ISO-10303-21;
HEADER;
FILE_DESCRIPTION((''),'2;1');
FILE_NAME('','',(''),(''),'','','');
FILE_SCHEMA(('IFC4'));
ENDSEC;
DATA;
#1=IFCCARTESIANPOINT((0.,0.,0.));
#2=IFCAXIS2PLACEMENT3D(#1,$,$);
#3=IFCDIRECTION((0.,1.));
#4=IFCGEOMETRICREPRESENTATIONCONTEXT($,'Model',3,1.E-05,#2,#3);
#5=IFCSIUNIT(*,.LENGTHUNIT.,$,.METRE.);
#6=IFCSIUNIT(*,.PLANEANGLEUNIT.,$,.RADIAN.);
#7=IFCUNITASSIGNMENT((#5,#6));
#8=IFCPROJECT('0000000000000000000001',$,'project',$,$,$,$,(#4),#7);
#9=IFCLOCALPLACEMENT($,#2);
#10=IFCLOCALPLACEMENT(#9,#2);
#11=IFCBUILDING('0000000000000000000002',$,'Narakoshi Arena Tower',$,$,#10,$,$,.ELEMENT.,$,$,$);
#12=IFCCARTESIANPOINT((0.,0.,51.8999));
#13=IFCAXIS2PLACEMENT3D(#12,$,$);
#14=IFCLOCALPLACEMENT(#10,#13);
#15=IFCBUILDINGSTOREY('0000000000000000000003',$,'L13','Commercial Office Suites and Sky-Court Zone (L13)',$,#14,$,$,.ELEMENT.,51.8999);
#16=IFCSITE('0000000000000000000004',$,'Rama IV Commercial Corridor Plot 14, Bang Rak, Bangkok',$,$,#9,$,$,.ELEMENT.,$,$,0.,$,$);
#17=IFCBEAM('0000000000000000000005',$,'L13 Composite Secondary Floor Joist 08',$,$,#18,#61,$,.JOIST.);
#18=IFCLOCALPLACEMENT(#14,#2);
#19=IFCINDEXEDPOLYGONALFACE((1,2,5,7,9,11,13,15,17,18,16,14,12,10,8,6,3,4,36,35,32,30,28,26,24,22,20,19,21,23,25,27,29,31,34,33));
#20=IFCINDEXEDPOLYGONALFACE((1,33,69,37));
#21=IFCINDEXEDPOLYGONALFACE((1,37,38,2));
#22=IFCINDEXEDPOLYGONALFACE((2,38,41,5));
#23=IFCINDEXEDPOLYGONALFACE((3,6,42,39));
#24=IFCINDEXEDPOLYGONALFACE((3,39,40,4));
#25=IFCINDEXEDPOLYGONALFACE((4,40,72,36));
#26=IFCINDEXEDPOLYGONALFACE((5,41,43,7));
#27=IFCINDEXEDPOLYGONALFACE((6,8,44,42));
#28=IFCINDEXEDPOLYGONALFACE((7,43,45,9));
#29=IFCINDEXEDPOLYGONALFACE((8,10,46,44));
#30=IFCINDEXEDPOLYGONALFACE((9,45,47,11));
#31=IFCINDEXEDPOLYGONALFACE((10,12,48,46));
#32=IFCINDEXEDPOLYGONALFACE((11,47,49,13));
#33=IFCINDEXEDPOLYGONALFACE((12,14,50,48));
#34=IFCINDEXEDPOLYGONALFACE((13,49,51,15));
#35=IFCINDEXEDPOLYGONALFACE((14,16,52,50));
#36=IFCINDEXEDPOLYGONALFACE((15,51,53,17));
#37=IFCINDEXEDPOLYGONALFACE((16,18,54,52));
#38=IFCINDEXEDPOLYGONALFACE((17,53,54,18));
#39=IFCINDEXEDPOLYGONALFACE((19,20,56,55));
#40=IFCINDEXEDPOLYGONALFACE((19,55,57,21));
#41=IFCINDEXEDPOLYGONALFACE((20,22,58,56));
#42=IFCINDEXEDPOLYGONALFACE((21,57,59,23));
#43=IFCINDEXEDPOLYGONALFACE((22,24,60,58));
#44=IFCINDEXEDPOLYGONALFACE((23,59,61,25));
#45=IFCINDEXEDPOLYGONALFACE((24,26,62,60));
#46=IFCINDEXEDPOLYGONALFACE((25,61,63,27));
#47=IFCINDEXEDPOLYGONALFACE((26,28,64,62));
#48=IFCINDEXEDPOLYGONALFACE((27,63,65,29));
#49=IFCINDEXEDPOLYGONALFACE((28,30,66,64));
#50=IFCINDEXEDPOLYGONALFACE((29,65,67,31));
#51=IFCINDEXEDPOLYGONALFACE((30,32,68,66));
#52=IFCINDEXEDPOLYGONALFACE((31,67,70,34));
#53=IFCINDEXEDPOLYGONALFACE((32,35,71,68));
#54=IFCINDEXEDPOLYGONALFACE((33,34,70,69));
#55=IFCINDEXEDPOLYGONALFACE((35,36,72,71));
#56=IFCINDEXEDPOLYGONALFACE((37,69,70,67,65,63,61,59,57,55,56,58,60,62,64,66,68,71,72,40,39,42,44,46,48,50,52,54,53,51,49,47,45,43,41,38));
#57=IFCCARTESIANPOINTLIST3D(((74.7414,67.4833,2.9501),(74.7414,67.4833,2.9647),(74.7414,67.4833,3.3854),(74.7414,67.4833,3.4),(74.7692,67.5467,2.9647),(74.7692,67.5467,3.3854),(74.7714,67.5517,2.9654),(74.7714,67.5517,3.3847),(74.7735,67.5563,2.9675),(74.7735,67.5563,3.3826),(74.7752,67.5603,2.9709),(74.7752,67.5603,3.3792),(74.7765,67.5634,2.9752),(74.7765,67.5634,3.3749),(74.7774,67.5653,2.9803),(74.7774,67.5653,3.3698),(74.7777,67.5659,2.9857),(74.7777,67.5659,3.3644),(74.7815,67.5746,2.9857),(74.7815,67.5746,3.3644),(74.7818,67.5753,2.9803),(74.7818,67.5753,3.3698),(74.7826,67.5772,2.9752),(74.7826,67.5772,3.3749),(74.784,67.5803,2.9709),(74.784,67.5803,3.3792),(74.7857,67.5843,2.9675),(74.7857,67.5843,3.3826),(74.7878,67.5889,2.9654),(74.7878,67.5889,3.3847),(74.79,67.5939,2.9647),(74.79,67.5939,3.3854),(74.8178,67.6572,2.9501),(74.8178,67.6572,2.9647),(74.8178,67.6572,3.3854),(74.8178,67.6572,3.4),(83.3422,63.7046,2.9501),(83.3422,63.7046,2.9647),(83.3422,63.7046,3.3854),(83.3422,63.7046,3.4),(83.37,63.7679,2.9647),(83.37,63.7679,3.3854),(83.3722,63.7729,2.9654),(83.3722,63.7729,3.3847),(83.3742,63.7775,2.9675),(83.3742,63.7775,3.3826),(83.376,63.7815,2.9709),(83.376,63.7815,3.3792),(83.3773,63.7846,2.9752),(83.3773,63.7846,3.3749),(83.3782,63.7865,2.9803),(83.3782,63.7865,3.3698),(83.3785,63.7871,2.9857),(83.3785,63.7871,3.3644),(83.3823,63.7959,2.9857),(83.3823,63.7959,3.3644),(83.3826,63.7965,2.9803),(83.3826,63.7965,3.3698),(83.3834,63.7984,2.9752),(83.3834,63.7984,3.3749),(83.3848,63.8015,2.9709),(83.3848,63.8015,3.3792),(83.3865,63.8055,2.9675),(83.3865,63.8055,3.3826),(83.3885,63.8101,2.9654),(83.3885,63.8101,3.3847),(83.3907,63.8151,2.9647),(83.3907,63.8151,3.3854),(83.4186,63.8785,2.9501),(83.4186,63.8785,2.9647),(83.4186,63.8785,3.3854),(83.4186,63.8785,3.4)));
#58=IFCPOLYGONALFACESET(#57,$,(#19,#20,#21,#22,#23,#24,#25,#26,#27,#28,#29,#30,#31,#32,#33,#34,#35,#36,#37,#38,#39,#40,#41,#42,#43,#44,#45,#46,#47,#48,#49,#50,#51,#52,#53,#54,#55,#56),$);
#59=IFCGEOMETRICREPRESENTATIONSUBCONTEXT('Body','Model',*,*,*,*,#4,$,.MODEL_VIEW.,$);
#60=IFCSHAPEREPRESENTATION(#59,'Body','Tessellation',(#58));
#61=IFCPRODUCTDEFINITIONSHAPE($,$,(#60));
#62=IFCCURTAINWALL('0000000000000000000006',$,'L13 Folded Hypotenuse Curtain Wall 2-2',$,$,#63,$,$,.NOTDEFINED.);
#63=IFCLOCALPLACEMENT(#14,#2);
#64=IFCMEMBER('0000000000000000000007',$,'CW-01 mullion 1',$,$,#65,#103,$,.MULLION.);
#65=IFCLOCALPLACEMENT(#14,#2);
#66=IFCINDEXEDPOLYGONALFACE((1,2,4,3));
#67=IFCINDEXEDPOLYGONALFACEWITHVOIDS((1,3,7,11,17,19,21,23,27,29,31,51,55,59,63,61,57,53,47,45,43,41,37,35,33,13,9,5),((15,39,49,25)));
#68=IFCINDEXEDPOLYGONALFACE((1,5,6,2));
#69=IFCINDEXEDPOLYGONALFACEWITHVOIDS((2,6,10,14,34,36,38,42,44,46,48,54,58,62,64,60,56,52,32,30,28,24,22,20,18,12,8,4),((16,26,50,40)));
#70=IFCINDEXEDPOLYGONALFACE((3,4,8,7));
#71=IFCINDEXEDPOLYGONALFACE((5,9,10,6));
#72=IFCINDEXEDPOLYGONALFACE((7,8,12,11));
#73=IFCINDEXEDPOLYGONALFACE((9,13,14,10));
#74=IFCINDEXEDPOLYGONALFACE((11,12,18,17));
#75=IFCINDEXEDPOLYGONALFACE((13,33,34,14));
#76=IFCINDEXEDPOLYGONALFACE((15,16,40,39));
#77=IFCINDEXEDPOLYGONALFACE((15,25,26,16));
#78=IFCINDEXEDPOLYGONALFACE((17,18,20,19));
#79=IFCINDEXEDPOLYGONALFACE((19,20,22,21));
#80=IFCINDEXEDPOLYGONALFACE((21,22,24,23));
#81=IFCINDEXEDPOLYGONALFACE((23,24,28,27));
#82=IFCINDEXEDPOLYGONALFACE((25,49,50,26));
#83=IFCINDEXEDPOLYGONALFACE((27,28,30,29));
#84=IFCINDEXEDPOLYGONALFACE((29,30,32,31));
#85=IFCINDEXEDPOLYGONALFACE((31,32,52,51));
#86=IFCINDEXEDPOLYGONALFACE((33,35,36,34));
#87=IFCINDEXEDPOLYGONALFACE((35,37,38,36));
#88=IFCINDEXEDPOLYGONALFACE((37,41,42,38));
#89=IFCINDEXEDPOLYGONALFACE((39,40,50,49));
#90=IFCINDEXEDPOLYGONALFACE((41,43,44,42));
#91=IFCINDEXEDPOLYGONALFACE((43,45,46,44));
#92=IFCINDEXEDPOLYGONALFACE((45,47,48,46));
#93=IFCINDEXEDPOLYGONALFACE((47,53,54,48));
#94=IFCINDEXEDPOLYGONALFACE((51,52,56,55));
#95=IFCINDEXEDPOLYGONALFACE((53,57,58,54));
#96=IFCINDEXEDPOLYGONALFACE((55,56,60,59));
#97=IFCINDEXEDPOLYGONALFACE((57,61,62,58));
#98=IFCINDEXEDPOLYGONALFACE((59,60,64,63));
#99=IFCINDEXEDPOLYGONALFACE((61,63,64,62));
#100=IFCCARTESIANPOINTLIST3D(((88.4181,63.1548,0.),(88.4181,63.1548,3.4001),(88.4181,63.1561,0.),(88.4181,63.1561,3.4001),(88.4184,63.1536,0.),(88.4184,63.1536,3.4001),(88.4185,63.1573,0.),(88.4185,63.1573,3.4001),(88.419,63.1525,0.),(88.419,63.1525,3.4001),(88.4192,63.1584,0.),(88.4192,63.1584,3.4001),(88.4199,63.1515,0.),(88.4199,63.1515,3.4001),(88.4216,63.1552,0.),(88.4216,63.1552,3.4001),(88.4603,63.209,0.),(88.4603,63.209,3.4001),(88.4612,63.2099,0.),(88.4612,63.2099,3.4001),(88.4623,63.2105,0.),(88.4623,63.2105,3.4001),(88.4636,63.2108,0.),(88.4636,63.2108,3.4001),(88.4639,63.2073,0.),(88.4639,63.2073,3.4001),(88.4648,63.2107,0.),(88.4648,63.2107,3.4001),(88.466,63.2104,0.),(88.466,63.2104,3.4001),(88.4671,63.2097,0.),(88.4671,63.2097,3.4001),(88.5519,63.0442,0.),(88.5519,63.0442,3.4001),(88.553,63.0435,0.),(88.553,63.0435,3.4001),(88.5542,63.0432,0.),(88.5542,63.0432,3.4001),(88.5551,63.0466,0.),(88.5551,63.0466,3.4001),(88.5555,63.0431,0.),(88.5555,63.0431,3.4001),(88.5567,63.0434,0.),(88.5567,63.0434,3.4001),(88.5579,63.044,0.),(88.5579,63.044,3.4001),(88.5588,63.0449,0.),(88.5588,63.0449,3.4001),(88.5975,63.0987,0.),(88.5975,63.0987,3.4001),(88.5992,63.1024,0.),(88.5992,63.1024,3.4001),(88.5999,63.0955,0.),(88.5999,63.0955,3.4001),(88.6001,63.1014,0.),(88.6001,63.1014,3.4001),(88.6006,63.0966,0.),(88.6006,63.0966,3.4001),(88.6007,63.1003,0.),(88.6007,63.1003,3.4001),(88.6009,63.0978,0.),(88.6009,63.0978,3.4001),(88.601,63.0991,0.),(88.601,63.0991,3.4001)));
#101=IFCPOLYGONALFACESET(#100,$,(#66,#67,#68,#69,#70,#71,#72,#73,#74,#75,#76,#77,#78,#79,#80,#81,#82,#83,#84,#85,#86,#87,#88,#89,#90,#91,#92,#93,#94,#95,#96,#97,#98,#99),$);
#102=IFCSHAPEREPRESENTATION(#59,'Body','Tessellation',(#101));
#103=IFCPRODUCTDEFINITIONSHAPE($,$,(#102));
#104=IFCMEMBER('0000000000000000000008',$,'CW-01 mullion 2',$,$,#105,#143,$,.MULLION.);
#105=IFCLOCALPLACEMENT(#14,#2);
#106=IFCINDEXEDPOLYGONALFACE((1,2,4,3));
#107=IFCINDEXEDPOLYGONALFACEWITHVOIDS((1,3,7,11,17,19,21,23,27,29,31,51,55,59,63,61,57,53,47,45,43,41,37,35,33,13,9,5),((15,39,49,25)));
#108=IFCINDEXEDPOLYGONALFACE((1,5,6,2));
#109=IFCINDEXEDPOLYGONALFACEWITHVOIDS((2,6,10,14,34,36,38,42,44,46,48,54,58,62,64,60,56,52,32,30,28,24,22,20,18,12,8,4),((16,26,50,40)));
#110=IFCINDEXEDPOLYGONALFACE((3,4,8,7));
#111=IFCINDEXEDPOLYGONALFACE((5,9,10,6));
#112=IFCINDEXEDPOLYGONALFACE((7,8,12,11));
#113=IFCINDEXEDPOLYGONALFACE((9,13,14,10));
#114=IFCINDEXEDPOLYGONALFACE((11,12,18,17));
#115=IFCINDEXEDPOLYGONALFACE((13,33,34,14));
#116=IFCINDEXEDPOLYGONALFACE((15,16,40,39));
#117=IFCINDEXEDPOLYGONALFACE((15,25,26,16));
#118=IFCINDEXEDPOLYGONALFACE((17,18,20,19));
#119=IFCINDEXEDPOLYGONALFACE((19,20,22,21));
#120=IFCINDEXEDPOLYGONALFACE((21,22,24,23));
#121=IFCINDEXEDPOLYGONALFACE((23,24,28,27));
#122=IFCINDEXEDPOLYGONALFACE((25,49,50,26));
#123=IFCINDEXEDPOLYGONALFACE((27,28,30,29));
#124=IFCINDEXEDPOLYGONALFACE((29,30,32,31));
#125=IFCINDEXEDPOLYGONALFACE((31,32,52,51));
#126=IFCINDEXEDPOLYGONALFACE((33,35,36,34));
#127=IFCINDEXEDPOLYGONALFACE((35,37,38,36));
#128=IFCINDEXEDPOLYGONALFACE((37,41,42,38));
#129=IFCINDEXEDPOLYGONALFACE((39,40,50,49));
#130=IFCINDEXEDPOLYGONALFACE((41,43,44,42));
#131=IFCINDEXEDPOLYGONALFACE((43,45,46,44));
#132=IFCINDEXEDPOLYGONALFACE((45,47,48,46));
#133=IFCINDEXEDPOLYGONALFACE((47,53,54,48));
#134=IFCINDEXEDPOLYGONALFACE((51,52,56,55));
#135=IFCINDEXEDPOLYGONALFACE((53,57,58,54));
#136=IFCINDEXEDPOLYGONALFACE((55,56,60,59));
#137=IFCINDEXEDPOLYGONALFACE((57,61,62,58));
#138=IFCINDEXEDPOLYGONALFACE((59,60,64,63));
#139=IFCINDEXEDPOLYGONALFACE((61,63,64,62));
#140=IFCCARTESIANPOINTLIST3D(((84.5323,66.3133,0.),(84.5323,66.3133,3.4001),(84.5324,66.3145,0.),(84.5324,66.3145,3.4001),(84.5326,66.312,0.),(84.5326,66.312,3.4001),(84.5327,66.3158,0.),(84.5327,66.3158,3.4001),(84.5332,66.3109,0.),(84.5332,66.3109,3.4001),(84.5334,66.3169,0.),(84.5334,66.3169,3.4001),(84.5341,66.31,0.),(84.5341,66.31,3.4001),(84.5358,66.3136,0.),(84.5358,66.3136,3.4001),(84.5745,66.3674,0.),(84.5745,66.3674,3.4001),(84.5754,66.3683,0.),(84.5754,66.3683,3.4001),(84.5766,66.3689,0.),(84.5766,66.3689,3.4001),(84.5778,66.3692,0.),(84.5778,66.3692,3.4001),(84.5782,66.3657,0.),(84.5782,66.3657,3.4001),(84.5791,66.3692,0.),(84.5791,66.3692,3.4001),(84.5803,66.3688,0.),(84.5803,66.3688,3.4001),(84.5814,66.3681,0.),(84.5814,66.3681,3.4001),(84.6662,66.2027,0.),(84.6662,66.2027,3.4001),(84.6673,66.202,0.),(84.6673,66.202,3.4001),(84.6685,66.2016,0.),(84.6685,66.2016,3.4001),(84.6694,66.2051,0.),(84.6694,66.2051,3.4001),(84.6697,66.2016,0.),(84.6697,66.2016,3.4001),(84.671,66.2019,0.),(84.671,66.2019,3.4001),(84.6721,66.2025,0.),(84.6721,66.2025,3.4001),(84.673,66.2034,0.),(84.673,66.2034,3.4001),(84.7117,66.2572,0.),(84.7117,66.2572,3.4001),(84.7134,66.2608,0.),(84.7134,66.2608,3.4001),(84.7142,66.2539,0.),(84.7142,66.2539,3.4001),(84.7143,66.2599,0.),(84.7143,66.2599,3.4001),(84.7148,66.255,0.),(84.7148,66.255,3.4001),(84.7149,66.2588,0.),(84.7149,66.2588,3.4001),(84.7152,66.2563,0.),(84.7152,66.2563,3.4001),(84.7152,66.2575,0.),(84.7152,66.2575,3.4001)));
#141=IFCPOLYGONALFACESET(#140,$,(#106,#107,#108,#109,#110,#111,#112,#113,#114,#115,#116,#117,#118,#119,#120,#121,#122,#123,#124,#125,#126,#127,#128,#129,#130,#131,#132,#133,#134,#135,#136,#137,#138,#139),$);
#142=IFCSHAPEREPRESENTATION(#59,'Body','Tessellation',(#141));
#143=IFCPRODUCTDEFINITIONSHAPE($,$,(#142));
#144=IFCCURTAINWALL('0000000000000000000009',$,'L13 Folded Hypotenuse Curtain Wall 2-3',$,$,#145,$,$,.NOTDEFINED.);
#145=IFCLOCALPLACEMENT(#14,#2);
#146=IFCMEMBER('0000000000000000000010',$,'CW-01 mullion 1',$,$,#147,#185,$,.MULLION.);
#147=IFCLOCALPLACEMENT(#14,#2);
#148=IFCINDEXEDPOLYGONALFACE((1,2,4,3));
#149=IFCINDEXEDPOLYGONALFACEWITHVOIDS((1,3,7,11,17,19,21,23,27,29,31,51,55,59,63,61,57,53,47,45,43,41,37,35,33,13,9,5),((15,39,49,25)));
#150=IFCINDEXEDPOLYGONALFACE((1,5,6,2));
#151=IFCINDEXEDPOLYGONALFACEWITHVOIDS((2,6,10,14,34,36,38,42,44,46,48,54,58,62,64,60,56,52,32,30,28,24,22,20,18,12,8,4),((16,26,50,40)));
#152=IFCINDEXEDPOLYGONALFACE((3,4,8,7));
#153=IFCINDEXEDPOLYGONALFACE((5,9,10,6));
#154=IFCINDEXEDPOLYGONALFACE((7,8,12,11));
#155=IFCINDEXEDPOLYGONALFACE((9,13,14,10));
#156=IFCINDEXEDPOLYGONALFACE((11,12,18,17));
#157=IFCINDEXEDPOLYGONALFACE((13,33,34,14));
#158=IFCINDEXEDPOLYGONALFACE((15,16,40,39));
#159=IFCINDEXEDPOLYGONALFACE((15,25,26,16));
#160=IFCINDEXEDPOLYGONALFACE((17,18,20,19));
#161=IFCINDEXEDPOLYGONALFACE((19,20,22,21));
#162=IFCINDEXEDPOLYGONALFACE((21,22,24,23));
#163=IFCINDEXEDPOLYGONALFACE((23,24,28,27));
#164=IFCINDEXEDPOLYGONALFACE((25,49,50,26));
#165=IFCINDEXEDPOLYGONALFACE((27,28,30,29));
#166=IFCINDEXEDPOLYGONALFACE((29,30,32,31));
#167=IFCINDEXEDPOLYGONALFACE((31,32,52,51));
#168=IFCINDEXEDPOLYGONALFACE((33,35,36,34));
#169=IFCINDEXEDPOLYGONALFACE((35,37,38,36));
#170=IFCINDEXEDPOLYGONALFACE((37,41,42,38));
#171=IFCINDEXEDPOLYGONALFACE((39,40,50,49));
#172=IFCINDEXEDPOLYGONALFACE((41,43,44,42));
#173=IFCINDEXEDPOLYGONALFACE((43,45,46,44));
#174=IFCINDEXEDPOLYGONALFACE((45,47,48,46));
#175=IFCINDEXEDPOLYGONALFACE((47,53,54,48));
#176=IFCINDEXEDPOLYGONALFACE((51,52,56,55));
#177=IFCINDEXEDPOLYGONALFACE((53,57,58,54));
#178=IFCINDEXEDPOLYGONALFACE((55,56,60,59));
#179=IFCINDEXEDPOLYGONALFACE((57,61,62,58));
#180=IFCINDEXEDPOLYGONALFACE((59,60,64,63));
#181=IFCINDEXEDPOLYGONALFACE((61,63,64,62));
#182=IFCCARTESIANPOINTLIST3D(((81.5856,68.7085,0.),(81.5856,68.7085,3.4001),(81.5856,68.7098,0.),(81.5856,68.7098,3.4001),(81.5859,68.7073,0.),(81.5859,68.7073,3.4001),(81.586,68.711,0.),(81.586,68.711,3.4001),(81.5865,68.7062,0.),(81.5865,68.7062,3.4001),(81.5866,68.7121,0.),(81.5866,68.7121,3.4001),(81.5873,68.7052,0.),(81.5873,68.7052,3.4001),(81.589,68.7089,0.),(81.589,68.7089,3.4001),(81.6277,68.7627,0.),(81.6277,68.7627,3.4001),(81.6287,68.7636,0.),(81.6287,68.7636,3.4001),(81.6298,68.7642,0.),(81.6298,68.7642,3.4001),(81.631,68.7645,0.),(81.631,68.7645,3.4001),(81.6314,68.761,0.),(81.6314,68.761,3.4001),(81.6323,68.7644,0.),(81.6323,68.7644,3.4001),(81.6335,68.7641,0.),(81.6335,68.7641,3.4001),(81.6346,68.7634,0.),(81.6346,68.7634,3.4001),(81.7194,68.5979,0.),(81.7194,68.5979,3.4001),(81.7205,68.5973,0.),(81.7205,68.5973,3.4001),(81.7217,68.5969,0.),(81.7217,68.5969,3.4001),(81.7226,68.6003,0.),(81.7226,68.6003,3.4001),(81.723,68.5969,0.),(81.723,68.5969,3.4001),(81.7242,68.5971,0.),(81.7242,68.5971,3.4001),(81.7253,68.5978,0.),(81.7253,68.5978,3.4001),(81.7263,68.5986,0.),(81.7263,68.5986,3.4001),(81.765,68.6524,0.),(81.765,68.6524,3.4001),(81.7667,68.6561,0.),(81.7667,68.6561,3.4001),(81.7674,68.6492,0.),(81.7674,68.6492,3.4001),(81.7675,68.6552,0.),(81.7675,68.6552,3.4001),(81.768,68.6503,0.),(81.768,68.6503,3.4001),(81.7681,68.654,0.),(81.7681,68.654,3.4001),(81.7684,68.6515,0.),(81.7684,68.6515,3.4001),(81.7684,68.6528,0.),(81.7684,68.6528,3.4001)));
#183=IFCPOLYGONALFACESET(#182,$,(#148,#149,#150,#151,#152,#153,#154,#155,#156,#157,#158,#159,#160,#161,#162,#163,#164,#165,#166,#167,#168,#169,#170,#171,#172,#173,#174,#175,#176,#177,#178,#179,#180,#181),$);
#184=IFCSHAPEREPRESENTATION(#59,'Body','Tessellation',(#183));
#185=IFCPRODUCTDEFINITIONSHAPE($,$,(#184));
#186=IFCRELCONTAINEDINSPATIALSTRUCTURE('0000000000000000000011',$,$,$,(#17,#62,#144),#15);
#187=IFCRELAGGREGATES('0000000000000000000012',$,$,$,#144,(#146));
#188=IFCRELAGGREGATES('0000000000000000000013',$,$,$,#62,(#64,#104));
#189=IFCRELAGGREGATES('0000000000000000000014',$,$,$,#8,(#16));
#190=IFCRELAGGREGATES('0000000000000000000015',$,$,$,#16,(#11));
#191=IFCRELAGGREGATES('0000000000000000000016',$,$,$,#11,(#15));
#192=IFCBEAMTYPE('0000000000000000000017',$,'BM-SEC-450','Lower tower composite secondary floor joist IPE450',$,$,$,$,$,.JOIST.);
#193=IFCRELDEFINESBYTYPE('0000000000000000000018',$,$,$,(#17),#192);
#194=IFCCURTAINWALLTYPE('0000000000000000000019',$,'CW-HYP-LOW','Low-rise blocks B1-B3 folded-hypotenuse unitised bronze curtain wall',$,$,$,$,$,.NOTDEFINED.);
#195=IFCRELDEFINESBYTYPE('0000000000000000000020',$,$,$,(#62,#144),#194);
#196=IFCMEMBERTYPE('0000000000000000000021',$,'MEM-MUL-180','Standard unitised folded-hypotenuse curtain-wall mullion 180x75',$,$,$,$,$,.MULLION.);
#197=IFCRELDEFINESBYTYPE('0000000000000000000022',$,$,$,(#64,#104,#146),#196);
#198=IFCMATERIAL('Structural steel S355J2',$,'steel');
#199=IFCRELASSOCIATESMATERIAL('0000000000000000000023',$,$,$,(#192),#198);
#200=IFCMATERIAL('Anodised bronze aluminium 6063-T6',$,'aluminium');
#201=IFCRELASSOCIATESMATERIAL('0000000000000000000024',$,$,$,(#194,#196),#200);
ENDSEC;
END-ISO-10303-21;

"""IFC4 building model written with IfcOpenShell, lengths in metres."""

from ifc_helpers import new_model, si_unit, direction, frame, origin, origin_2d, place, context, subcontext, project, spatial, hollow_rectangle, i_section, extrude, material, material_profile, profile_set, type_object, element, aggregate, save


model = new_model("IFC4")

# Units and contexts
model_context = context("Model", 3, precision=1e-05, world=origin(), true_north=direction((0.0, 1.0)))
body_context = subcontext(model_context, "Body", "Model", "MODEL_VIEW")
ifc_project = project(units=[si_unit("LENGTHUNIT", "METRE"), si_unit("PLANEANGLEUNIT", "RADIAN")], contexts=[model_context])

# Site, building, storey
site_placement = place(None, origin())
site = spatial("IfcSite", under=ifc_project, at=site_placement, Name="Rama IV Commercial Corridor Plot 14, Bang Rak, Bangkok", CompositionType="ELEMENT", RefElevation=0.0)
building_placement = place(site_placement, origin())
building = spatial("IfcBuilding", under=site, at=building_placement, Name="Narakoshi Arena Tower", CompositionType="ELEMENT")
storey_placement = place(building_placement, frame((0.0, 0.0, 51.8999)))
storey = spatial("IfcBuildingStorey", under=building, at=storey_placement, Name="L13", Description="Commercial Office Suites and Sky-Court Zone (L13)", CompositionType="ELEMENT", Elevation=51.8999)

# Beam
ifc_material_1 = material(Name="Structural steel S355J2", Category="steel")
ifc_material_profile_1 = material_profile(ifc_material_1, i_section(OverallWidth=0.1899, OverallDepth=0.45, WebThickness=0.0095, FlangeThickness=0.0146, FilletRadius=0.021, at=origin_2d()), Name="IPE450")
ifc_profile_set_1 = profile_set([ifc_material_profile_1], Name="Structural steel S355J2")
beam_type_1 = type_object("IfcBeamType", Name="BM-SEC-450", Description="Lower tower composite secondary floor joist IPE450", PredefinedType="JOIST", material=ifc_profile_set_1)
beam_1_placement = place(storey_placement, frame((83.3804, 63.7915, 3.175), z_axis=(-0.915533, 0.402243, 0.0), x_axis=(-0.402243, -0.915533, 0.0)))
element("IfcBeam", 1, at=beam_1_placement, inside=storey, type_object=beam_type_1, Name="L13 Composite Secondary Floor Joist 08", PredefinedType="JOIST", context=body_context, shape_type="SweptSolid", body=[
    extrude(i_section(OverallWidth=0.1899, OverallDepth=0.45, WebThickness=0.0095, FlangeThickness=0.0146, FilletRadius=0.021, at=origin_2d()), origin(), (0.0, 0.0, 1.0), 9.3943),
])

# Curtain wall, members
ifc_material_2 = material(Name="Anodised bronze aluminium 6063-T6", Category="aluminium")
curtain_wall_type = type_object("IfcCurtainWallType", Name="CW-HYP-LOW", Description="Low-rise blocks B1-B3 folded-hypotenuse unitised bronze curtain wall", PredefinedType="NOTDEFINED", material=ifc_material_2)
curtain_wall_1_placement = place(storey_placement, origin())
curtain_wall_1 = element("IfcCurtainWall", 2, at=curtain_wall_1_placement, inside=storey, type_object=curtain_wall_type, Name="L13 Folded Hypotenuse Curtain Wall 2-2", PredefinedType="NOTDEFINED")
ifc_material_profile_2 = material_profile(ifc_material_2, hollow_rectangle(XDim=0.075, YDim=0.1799, WallThickness=0.0039, OuterFilletRadius=0.0049, at=origin_2d()), Name="MUL180x75x4")
ifc_profile_set_2 = profile_set([ifc_material_profile_2], Name="Anodised bronze aluminium 6063-T6")
member_type_1 = type_object("IfcMemberType", Name="MEM-MUL-180", Description="Standard unitised folded-hypotenuse curtain-wall mullion 180x75", PredefinedType="MULLION", material=ifc_profile_set_2)
member_1_placement = place(storey_placement, frame((88.5095, 63.127, 0.0), z_axis=(0.0, 0.0, 1.0), x_axis=(-0.630735, -0.775998, 0.0)))
member_1 = element("IfcMember", 3, at=member_1_placement, type_object=member_type_1, Name="CW-01 mullion 1", PredefinedType="MULLION", context=body_context, shape_type="SweptSolid", body=[
    extrude(hollow_rectangle(XDim=0.075, YDim=0.1799, WallThickness=0.0039, OuterFilletRadius=0.0049, at=origin_2d()), origin(), (0.0, 0.0, 1.0), 3.4001),
])
member_2_placement = place(storey_placement, frame((84.6238, 66.2854, 0.0), z_axis=(0.0, 0.0, 1.0), x_axis=(-0.630735, -0.775998, 0.0)))
member_2 = element("IfcMember", 4, at=member_2_placement, type_object=member_type_1, Name="CW-01 mullion 2", PredefinedType="MULLION", context=body_context, shape_type="SweptSolid", body=[
    extrude(hollow_rectangle(XDim=0.075, YDim=0.1799, WallThickness=0.0039, OuterFilletRadius=0.0049, at=origin_2d()), origin(), (0.0, 0.0, 1.0), 3.4001),
])

# Curtain wall, member
curtain_wall_2_placement = place(storey_placement, origin())
curtain_wall_2 = element("IfcCurtainWall", 5, at=curtain_wall_2_placement, inside=storey, type_object=curtain_wall_type, Name="L13 Folded Hypotenuse Curtain Wall 2-3", PredefinedType="NOTDEFINED")
member_3_placement = place(storey_placement, frame((81.677, 68.6807, 0.0), z_axis=(0.0, 0.0, 1.0), x_axis=(-0.630723, -0.776008, 0.0)))
member_3 = element("IfcMember", 6, at=member_3_placement, type_object=member_type_1, Name="CW-01 mullion 1", PredefinedType="MULLION", context=body_context, shape_type="SweptSolid", body=[
    extrude(hollow_rectangle(XDim=0.075, YDim=0.1799, WallThickness=0.0039, OuterFilletRadius=0.0049, at=origin_2d()), origin(), (0.0, 0.0, 1.0), 3.4001),
])

aggregate(curtain_wall_2, [member_3])

aggregate(curtain_wall_1, [member_1, member_2])

save(model, "model.ifc")
